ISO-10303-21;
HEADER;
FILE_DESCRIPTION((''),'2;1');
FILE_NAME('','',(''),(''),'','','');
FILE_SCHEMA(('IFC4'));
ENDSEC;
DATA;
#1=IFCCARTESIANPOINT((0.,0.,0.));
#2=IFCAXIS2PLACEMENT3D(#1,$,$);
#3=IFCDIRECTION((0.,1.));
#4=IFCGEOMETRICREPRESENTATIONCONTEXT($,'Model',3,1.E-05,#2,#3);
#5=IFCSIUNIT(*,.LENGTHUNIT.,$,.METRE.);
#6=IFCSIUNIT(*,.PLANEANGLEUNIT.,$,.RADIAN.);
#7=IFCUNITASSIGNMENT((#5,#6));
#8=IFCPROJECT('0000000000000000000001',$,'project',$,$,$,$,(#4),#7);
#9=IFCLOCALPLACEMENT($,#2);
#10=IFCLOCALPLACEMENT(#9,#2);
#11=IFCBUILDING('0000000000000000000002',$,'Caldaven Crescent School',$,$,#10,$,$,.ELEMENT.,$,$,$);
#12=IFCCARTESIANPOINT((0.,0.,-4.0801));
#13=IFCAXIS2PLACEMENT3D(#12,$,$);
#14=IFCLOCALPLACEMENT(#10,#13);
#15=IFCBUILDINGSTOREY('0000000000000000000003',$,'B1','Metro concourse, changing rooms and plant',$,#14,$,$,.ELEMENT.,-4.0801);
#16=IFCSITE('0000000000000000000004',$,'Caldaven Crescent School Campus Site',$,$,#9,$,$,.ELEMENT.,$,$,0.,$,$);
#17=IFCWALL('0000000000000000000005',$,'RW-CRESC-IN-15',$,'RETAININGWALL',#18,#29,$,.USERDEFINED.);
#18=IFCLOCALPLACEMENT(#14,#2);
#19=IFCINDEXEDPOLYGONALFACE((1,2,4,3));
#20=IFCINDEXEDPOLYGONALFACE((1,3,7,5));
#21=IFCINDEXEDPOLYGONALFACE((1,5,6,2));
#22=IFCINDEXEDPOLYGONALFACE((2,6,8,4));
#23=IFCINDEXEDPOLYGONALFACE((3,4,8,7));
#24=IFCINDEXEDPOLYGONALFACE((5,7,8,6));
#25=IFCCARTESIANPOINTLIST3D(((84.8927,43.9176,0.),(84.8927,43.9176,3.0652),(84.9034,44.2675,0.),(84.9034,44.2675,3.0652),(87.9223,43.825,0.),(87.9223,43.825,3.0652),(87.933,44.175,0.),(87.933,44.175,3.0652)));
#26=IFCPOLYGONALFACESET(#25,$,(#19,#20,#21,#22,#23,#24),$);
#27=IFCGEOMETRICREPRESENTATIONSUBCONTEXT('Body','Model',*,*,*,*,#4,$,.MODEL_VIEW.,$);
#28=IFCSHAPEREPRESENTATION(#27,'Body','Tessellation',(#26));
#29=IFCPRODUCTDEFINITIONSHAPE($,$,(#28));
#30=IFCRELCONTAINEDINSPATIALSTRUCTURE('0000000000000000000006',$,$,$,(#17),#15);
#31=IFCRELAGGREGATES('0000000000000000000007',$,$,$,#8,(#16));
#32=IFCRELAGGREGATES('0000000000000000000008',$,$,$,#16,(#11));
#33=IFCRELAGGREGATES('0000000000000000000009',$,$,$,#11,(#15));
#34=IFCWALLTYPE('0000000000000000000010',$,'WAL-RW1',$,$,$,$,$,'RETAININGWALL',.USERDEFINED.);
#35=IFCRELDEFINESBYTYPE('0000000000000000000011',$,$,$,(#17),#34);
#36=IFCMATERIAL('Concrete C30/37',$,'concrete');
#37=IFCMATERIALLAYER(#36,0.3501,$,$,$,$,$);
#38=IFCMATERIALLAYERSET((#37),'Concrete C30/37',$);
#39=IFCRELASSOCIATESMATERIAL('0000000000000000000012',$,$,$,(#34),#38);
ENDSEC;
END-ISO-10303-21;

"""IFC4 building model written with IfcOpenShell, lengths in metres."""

from ifc_helpers import new_model, si_unit, direction, frame, frame_2d, origin, place, context, subcontext, project, spatial, rectangle, extrude, material, layer, layer_set, type_object, element, save


model = new_model("IFC4")

# Units and contexts
model_context = context("Model", 3, precision=1e-05, world=origin(), true_north=direction((0.0, 1.0)))
body_context = subcontext(model_context, "Body", "Model", "MODEL_VIEW")
ifc_project = project(units=[si_unit("LENGTHUNIT", "METRE"), si_unit("PLANEANGLEUNIT", "RADIAN")], contexts=[model_context])

# Site, building, storey
site_placement = place(None, origin())
site = spatial("IfcSite", under=ifc_project, at=site_placement, Name="Caldaven Crescent School Campus Site", CompositionType="ELEMENT", RefElevation=0.0)
building_placement = place(site_placement, origin())
building = spatial("IfcBuilding", under=site, at=building_placement, Name="Caldaven Crescent School", CompositionType="ELEMENT")
storey_placement = place(building_placement, frame((0.0, 0.0, -4.0801)))
storey = spatial("IfcBuildingStorey", under=building, at=storey_placement, Name="B1", Description="Metro concourse, changing rooms and plant", CompositionType="ELEMENT", Elevation=-4.0801)

# Shared definitions
ifc_material_1 = material(Name="Concrete C30/37", Category="concrete")

# Wall
ifc_layer_1 = layer(ifc_material_1, 0.3501)
ifc_layer_set_1 = layer_set([ifc_layer_1], Name="Concrete C30/37")
wall_type_1 = type_object("IfcWallType", Name="WAL-RW1", ElementType="RETAININGWALL", PredefinedType="USERDEFINED", material=ifc_layer_set_1)
wall_1_placement = place(storey_placement, frame((84.8979, 44.0925, 0.0), z_axis=(0.0, 0.0, 1.0), x_axis=(0.999534, -0.030528, 0.0)))
element("IfcWall", 1, at=wall_1_placement, inside=storey, type_object=wall_type_1, Name="RW-CRESC-IN-15", ObjectType="RETAININGWALL", PredefinedType="USERDEFINED", context=body_context, shape_type="SweptSolid", body=[
    extrude(rectangle(XDim=3.031, YDim=0.3501, at=frame_2d((1.5156, 0.0))), origin(), (0.0, 0.0, 1.0), 3.0652),
])

save(model, "model.ifc")
